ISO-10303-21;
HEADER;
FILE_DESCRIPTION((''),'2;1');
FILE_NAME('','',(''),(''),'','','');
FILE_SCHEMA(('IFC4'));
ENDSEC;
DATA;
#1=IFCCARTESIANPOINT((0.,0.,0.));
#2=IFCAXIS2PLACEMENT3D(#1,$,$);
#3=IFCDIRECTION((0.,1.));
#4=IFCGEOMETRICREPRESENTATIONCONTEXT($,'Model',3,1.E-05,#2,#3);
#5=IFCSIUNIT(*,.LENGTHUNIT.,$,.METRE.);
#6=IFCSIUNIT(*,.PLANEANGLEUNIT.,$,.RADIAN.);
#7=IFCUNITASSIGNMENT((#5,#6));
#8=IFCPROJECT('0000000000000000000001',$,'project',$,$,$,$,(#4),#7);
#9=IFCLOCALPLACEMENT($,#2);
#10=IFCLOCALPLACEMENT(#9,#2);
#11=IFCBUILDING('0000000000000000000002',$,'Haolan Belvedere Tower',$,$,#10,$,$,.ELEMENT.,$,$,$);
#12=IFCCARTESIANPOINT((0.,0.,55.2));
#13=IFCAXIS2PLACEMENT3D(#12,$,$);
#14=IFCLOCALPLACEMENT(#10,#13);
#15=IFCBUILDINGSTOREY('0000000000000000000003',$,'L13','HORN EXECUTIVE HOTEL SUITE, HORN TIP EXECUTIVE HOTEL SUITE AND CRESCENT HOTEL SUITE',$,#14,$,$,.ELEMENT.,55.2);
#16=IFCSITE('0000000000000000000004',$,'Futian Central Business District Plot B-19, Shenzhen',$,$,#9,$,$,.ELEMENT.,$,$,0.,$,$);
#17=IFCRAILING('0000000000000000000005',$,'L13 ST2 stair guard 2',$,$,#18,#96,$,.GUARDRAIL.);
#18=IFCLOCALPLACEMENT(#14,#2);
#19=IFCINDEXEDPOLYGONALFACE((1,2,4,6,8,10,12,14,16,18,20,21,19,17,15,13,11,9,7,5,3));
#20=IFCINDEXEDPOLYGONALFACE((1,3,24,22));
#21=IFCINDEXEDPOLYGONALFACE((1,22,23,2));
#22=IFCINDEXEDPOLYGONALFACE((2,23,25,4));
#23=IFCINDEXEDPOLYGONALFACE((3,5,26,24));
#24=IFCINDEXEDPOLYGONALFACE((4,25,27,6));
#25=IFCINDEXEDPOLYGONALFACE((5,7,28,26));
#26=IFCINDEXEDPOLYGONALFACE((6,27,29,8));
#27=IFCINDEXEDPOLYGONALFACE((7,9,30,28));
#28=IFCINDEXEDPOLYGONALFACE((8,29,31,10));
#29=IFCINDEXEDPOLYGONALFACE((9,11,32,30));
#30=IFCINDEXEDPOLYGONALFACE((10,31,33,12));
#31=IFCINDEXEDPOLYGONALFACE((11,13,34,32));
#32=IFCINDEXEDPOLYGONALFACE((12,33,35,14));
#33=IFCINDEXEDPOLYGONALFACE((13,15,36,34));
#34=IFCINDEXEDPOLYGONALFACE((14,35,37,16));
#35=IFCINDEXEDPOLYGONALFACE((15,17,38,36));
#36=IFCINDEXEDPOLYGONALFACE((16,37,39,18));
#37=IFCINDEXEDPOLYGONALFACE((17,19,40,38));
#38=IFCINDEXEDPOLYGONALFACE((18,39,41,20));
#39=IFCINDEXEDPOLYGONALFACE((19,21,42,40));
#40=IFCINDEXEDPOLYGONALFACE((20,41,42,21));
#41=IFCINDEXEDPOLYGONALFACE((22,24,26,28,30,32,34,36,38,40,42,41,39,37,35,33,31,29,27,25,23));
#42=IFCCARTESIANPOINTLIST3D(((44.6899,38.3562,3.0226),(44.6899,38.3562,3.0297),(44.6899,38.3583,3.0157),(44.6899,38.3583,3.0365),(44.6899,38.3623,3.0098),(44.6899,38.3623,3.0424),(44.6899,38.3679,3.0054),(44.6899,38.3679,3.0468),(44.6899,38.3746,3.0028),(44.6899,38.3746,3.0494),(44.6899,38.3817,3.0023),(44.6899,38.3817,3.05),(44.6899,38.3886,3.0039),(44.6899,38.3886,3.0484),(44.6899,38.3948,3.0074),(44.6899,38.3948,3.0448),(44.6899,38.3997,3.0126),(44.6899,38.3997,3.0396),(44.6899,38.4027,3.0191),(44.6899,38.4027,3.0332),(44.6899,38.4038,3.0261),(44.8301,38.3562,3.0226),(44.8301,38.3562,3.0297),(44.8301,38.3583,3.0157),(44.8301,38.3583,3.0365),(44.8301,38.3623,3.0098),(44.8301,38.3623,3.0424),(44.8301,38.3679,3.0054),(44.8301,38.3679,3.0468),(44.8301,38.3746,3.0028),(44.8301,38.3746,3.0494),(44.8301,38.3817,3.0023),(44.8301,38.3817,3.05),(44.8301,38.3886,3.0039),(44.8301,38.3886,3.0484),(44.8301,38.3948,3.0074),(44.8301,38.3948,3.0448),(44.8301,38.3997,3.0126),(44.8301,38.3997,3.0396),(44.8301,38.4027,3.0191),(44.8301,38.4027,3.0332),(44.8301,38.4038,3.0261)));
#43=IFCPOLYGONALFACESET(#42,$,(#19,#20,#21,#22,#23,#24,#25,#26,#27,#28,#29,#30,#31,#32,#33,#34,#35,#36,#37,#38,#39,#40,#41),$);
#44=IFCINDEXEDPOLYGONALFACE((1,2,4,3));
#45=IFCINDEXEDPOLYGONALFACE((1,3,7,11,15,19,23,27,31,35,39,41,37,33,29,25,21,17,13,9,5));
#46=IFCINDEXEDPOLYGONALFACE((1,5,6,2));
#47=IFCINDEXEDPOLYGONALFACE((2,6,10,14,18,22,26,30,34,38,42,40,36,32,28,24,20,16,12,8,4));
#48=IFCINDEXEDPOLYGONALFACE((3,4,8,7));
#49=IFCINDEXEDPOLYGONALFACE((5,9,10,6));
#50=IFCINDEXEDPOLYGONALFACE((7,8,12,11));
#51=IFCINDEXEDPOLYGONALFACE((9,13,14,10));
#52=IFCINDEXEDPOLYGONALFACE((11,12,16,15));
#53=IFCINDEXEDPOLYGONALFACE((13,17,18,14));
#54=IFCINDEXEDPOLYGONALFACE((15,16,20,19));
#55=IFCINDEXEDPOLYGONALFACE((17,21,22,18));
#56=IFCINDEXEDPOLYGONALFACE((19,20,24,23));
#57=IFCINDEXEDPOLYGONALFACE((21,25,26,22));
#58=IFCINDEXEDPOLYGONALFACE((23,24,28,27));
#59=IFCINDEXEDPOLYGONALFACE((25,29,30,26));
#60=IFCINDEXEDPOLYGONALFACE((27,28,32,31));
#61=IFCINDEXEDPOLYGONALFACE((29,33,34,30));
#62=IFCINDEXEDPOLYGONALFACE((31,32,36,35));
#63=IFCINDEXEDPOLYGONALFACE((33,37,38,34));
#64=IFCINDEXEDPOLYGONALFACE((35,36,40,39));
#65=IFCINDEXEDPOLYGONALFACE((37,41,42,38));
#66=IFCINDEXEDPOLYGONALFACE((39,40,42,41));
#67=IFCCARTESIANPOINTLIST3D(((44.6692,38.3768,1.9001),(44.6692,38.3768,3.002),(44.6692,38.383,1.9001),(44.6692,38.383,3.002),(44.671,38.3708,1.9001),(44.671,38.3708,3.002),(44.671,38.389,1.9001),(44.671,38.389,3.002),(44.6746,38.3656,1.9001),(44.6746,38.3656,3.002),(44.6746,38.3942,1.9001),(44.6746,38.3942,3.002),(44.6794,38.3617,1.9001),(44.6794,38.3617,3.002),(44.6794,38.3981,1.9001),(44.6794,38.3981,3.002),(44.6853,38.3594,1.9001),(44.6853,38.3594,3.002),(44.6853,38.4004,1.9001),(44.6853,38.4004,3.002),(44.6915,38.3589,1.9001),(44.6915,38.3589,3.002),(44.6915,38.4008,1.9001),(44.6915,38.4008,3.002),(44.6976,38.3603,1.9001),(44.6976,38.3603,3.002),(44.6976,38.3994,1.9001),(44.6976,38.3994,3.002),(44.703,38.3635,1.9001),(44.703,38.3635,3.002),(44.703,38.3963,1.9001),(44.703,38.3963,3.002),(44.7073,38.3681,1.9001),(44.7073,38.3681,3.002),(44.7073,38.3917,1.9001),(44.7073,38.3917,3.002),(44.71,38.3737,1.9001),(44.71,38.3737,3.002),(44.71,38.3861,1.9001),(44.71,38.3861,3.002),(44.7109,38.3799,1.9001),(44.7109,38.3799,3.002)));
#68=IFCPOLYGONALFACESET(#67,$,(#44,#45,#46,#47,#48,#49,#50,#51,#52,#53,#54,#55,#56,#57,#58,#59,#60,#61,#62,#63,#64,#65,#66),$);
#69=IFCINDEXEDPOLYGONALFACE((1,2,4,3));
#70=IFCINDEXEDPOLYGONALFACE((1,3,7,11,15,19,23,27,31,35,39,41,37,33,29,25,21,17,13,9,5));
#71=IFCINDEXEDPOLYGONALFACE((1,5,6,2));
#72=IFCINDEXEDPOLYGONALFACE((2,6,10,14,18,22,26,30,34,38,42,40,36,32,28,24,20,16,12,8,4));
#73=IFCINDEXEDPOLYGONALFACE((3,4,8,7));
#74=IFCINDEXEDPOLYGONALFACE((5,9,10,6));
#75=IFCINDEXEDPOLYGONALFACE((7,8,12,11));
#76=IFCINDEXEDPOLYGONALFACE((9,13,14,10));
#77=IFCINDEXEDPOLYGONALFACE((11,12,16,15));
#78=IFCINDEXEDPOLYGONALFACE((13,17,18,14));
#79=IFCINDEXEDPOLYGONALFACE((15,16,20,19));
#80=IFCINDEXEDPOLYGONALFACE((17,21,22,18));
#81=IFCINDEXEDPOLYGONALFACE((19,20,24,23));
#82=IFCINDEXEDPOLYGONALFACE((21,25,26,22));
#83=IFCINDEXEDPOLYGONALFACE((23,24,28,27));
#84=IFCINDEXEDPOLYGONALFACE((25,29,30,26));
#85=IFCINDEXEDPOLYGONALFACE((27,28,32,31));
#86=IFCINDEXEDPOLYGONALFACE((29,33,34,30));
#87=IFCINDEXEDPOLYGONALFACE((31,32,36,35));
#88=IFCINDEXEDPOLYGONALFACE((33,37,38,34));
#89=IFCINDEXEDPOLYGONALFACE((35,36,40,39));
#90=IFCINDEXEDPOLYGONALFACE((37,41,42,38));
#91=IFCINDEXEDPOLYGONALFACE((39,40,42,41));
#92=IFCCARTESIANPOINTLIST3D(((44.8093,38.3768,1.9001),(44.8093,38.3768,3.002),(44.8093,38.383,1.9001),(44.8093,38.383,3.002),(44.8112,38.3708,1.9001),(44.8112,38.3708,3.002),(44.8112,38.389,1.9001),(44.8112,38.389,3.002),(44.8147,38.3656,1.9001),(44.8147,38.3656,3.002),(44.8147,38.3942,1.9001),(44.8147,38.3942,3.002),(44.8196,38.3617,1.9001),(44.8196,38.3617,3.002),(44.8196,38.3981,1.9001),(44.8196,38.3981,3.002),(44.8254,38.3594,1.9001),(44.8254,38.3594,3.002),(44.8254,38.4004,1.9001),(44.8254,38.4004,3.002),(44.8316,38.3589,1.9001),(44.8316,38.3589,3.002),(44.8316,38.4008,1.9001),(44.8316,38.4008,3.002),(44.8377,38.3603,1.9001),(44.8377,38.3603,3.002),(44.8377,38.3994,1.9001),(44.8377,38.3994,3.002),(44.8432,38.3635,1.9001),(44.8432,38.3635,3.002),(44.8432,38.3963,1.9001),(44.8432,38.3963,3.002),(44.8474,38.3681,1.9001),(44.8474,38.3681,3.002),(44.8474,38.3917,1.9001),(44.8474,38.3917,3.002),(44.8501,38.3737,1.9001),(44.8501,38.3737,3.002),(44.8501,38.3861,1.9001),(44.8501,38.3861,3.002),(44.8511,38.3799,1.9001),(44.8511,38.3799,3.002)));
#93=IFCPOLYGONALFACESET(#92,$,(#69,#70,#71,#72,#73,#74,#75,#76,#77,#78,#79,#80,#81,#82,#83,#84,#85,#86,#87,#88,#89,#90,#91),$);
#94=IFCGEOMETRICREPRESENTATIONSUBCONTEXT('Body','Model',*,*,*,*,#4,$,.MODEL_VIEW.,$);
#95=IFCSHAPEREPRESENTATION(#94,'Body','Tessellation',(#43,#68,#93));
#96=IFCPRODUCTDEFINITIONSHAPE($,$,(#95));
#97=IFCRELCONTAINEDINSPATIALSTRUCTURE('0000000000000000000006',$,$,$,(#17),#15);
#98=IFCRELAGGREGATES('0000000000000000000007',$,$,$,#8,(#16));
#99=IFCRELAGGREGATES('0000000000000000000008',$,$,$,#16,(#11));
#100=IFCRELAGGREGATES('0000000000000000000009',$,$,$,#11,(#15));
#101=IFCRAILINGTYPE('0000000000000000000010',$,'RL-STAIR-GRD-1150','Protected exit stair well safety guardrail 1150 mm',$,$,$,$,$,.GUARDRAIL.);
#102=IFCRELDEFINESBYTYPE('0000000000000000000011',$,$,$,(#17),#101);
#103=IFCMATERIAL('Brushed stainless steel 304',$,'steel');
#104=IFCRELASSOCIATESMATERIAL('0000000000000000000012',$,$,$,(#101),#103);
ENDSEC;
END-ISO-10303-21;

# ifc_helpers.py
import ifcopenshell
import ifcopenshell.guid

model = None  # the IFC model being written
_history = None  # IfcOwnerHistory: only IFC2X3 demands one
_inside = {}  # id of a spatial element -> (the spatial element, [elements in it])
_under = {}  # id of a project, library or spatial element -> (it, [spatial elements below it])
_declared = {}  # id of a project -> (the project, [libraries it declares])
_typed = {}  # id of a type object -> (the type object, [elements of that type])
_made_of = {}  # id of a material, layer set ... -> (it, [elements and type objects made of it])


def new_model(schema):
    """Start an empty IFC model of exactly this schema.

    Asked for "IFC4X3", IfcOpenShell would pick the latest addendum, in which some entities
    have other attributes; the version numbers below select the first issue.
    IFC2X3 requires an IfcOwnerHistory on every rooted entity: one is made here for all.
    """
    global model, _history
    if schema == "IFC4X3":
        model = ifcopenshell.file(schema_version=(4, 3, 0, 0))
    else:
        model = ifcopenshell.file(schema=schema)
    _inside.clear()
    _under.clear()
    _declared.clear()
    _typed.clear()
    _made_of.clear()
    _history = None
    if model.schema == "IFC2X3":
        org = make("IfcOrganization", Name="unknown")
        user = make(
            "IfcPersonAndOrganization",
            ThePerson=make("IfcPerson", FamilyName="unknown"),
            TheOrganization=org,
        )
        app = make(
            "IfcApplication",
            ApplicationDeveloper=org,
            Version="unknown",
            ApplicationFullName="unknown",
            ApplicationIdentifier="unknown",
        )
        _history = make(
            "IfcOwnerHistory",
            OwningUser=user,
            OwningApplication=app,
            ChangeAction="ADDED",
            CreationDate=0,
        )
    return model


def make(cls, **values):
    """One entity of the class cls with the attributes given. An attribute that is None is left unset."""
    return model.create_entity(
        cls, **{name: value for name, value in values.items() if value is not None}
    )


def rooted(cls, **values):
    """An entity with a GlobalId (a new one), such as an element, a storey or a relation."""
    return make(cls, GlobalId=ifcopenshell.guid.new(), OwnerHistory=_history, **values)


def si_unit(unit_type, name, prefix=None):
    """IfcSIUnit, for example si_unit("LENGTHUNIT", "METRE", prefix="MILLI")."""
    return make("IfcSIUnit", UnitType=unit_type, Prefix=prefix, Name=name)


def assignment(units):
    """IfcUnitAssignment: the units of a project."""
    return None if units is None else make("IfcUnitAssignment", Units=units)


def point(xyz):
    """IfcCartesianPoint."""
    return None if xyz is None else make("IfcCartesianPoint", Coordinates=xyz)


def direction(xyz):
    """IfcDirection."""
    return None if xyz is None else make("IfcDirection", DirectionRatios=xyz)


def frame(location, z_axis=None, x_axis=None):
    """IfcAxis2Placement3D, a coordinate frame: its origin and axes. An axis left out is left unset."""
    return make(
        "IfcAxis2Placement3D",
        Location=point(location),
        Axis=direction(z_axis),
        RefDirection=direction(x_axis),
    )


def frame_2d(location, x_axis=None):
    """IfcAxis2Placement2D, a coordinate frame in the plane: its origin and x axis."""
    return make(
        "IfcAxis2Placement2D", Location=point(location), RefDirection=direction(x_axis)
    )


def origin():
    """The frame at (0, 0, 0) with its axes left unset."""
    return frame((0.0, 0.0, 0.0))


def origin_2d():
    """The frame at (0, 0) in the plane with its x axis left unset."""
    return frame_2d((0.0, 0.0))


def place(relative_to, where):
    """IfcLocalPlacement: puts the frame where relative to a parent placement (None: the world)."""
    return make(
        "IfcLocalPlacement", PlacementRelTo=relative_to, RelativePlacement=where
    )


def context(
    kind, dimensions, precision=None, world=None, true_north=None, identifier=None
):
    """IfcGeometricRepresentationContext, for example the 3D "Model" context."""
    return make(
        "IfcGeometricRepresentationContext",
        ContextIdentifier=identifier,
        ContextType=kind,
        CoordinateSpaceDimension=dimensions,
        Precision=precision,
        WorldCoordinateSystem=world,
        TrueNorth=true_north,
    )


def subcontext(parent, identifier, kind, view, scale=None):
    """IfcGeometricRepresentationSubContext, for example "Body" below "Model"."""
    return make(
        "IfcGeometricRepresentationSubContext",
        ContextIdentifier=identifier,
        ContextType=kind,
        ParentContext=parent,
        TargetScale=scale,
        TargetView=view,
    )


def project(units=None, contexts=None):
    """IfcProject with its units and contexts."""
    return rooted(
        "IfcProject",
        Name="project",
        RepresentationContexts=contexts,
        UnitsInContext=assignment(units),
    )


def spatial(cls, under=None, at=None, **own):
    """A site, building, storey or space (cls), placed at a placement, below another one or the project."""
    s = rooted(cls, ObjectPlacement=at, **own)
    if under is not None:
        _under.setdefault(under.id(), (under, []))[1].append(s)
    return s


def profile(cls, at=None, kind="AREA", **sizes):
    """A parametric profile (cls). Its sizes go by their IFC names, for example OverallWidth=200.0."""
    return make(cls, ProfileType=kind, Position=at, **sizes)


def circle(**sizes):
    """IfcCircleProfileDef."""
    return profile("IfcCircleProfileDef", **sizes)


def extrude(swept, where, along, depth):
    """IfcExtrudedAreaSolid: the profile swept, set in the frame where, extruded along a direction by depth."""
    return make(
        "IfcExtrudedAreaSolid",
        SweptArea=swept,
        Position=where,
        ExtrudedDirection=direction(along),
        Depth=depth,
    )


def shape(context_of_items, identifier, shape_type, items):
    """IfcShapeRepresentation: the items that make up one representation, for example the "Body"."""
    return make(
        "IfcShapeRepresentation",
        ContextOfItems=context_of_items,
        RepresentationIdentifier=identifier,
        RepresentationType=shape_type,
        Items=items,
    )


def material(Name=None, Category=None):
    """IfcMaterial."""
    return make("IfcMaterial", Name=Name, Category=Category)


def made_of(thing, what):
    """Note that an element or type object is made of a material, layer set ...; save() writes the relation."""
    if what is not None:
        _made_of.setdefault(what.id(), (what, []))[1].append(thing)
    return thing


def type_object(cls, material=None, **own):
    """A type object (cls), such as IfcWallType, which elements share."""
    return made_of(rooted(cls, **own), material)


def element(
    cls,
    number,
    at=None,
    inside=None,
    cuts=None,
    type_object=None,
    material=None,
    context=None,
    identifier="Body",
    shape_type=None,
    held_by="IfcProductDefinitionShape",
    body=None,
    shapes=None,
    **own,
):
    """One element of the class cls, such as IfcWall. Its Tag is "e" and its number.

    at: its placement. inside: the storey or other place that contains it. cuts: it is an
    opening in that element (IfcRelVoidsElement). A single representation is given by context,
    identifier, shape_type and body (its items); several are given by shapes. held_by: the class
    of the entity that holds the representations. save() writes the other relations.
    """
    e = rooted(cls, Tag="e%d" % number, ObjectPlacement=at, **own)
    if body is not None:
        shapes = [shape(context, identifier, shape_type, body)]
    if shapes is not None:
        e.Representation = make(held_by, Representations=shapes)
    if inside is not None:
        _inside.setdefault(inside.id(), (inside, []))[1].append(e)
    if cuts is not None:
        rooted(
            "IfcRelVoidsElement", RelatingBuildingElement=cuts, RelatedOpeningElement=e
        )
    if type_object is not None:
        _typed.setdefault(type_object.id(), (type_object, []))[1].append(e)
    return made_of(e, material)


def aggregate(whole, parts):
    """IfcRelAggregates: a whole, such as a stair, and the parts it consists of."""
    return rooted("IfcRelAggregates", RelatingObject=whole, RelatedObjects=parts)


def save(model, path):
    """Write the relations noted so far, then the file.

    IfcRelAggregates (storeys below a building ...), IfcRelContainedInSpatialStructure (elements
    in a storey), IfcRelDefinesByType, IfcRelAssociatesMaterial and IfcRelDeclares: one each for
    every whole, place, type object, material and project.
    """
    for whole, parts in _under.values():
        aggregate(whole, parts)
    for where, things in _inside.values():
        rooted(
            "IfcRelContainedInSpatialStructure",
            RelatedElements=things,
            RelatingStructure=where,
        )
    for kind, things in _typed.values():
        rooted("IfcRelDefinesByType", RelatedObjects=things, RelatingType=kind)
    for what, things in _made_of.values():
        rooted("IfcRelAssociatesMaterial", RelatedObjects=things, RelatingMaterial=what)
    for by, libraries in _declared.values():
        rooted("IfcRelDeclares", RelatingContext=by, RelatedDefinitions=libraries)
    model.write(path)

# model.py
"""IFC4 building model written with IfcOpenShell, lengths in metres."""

from ifc_helpers import new_model, si_unit, direction, frame, origin, origin_2d, place, context, subcontext, project, spatial, circle, extrude, material, type_object, element, save


model = new_model("IFC4")

# Units and contexts
model_context = context("Model", 3, precision=1e-05, world=origin(), true_north=direction((0.0, 1.0)))
body_context = subcontext(model_context, "Body", "Model", "MODEL_VIEW")
ifc_project = project(units=[si_unit("LENGTHUNIT", "METRE"), si_unit("PLANEANGLEUNIT", "RADIAN")], contexts=[model_context])

# Site, building, storey
site_placement = place(None, origin())
site = spatial("IfcSite", under=ifc_project, at=site_placement, Name="Futian Central Business District Plot B-19, Shenzhen", CompositionType="ELEMENT", RefElevation=0.0)
building_placement = place(site_placement, origin())
building = spatial("IfcBuilding", under=site, at=building_placement, Name="Haolan Belvedere Tower", CompositionType="ELEMENT")
storey_placement = place(building_placement, frame((0.0, 0.0, 55.2)))
storey = spatial("IfcBuildingStorey", under=building, at=storey_placement, Name="L13", Description="HORN EXECUTIVE HOTEL SUITE, HORN TIP EXECUTIVE HOTEL SUITE AND CRESCENT HOTEL SUITE", CompositionType="ELEMENT", Elevation=55.2)

# Railing
ifc_material_1 = material(Name="Brushed stainless steel 304", Category="steel")
railing_type_1 = type_object("IfcRailingType", Name="RL-STAIR-GRD-1150", Description="Protected exit stair well safety guardrail 1150 mm", PredefinedType="GUARDRAIL", material=ifc_material_1)
railing_1_placement = place(storey_placement, frame((44.6899, 38.3799, 1.9001)))
element("IfcRailing", 1, at=railing_1_placement, inside=storey, type_object=railing_type_1, Name="L13 ST2 stair guard 2", PredefinedType="GUARDRAIL", context=body_context, shape_type="SweptSolid", body=[
    extrude(circle(Radius=0.0239, at=origin_2d()), frame((0.0, 0.0, 1.126), z_axis=(1.0, 0.0, 0.0), x_axis=(0.0, 1.0, 0.0)), (0.0, 0.0, 1.0), 0.1401),
    extrude(circle(Radius=0.021, at=origin_2d()), origin(), (0.0, 0.0, 1.0), 1.1018),
    extrude(circle(Radius=0.021, at=origin_2d()), frame((0.1401, 0.0, 0.0)), (0.0, 0.0, 1.0), 1.1018),
])

save(model, "model.ifc")
